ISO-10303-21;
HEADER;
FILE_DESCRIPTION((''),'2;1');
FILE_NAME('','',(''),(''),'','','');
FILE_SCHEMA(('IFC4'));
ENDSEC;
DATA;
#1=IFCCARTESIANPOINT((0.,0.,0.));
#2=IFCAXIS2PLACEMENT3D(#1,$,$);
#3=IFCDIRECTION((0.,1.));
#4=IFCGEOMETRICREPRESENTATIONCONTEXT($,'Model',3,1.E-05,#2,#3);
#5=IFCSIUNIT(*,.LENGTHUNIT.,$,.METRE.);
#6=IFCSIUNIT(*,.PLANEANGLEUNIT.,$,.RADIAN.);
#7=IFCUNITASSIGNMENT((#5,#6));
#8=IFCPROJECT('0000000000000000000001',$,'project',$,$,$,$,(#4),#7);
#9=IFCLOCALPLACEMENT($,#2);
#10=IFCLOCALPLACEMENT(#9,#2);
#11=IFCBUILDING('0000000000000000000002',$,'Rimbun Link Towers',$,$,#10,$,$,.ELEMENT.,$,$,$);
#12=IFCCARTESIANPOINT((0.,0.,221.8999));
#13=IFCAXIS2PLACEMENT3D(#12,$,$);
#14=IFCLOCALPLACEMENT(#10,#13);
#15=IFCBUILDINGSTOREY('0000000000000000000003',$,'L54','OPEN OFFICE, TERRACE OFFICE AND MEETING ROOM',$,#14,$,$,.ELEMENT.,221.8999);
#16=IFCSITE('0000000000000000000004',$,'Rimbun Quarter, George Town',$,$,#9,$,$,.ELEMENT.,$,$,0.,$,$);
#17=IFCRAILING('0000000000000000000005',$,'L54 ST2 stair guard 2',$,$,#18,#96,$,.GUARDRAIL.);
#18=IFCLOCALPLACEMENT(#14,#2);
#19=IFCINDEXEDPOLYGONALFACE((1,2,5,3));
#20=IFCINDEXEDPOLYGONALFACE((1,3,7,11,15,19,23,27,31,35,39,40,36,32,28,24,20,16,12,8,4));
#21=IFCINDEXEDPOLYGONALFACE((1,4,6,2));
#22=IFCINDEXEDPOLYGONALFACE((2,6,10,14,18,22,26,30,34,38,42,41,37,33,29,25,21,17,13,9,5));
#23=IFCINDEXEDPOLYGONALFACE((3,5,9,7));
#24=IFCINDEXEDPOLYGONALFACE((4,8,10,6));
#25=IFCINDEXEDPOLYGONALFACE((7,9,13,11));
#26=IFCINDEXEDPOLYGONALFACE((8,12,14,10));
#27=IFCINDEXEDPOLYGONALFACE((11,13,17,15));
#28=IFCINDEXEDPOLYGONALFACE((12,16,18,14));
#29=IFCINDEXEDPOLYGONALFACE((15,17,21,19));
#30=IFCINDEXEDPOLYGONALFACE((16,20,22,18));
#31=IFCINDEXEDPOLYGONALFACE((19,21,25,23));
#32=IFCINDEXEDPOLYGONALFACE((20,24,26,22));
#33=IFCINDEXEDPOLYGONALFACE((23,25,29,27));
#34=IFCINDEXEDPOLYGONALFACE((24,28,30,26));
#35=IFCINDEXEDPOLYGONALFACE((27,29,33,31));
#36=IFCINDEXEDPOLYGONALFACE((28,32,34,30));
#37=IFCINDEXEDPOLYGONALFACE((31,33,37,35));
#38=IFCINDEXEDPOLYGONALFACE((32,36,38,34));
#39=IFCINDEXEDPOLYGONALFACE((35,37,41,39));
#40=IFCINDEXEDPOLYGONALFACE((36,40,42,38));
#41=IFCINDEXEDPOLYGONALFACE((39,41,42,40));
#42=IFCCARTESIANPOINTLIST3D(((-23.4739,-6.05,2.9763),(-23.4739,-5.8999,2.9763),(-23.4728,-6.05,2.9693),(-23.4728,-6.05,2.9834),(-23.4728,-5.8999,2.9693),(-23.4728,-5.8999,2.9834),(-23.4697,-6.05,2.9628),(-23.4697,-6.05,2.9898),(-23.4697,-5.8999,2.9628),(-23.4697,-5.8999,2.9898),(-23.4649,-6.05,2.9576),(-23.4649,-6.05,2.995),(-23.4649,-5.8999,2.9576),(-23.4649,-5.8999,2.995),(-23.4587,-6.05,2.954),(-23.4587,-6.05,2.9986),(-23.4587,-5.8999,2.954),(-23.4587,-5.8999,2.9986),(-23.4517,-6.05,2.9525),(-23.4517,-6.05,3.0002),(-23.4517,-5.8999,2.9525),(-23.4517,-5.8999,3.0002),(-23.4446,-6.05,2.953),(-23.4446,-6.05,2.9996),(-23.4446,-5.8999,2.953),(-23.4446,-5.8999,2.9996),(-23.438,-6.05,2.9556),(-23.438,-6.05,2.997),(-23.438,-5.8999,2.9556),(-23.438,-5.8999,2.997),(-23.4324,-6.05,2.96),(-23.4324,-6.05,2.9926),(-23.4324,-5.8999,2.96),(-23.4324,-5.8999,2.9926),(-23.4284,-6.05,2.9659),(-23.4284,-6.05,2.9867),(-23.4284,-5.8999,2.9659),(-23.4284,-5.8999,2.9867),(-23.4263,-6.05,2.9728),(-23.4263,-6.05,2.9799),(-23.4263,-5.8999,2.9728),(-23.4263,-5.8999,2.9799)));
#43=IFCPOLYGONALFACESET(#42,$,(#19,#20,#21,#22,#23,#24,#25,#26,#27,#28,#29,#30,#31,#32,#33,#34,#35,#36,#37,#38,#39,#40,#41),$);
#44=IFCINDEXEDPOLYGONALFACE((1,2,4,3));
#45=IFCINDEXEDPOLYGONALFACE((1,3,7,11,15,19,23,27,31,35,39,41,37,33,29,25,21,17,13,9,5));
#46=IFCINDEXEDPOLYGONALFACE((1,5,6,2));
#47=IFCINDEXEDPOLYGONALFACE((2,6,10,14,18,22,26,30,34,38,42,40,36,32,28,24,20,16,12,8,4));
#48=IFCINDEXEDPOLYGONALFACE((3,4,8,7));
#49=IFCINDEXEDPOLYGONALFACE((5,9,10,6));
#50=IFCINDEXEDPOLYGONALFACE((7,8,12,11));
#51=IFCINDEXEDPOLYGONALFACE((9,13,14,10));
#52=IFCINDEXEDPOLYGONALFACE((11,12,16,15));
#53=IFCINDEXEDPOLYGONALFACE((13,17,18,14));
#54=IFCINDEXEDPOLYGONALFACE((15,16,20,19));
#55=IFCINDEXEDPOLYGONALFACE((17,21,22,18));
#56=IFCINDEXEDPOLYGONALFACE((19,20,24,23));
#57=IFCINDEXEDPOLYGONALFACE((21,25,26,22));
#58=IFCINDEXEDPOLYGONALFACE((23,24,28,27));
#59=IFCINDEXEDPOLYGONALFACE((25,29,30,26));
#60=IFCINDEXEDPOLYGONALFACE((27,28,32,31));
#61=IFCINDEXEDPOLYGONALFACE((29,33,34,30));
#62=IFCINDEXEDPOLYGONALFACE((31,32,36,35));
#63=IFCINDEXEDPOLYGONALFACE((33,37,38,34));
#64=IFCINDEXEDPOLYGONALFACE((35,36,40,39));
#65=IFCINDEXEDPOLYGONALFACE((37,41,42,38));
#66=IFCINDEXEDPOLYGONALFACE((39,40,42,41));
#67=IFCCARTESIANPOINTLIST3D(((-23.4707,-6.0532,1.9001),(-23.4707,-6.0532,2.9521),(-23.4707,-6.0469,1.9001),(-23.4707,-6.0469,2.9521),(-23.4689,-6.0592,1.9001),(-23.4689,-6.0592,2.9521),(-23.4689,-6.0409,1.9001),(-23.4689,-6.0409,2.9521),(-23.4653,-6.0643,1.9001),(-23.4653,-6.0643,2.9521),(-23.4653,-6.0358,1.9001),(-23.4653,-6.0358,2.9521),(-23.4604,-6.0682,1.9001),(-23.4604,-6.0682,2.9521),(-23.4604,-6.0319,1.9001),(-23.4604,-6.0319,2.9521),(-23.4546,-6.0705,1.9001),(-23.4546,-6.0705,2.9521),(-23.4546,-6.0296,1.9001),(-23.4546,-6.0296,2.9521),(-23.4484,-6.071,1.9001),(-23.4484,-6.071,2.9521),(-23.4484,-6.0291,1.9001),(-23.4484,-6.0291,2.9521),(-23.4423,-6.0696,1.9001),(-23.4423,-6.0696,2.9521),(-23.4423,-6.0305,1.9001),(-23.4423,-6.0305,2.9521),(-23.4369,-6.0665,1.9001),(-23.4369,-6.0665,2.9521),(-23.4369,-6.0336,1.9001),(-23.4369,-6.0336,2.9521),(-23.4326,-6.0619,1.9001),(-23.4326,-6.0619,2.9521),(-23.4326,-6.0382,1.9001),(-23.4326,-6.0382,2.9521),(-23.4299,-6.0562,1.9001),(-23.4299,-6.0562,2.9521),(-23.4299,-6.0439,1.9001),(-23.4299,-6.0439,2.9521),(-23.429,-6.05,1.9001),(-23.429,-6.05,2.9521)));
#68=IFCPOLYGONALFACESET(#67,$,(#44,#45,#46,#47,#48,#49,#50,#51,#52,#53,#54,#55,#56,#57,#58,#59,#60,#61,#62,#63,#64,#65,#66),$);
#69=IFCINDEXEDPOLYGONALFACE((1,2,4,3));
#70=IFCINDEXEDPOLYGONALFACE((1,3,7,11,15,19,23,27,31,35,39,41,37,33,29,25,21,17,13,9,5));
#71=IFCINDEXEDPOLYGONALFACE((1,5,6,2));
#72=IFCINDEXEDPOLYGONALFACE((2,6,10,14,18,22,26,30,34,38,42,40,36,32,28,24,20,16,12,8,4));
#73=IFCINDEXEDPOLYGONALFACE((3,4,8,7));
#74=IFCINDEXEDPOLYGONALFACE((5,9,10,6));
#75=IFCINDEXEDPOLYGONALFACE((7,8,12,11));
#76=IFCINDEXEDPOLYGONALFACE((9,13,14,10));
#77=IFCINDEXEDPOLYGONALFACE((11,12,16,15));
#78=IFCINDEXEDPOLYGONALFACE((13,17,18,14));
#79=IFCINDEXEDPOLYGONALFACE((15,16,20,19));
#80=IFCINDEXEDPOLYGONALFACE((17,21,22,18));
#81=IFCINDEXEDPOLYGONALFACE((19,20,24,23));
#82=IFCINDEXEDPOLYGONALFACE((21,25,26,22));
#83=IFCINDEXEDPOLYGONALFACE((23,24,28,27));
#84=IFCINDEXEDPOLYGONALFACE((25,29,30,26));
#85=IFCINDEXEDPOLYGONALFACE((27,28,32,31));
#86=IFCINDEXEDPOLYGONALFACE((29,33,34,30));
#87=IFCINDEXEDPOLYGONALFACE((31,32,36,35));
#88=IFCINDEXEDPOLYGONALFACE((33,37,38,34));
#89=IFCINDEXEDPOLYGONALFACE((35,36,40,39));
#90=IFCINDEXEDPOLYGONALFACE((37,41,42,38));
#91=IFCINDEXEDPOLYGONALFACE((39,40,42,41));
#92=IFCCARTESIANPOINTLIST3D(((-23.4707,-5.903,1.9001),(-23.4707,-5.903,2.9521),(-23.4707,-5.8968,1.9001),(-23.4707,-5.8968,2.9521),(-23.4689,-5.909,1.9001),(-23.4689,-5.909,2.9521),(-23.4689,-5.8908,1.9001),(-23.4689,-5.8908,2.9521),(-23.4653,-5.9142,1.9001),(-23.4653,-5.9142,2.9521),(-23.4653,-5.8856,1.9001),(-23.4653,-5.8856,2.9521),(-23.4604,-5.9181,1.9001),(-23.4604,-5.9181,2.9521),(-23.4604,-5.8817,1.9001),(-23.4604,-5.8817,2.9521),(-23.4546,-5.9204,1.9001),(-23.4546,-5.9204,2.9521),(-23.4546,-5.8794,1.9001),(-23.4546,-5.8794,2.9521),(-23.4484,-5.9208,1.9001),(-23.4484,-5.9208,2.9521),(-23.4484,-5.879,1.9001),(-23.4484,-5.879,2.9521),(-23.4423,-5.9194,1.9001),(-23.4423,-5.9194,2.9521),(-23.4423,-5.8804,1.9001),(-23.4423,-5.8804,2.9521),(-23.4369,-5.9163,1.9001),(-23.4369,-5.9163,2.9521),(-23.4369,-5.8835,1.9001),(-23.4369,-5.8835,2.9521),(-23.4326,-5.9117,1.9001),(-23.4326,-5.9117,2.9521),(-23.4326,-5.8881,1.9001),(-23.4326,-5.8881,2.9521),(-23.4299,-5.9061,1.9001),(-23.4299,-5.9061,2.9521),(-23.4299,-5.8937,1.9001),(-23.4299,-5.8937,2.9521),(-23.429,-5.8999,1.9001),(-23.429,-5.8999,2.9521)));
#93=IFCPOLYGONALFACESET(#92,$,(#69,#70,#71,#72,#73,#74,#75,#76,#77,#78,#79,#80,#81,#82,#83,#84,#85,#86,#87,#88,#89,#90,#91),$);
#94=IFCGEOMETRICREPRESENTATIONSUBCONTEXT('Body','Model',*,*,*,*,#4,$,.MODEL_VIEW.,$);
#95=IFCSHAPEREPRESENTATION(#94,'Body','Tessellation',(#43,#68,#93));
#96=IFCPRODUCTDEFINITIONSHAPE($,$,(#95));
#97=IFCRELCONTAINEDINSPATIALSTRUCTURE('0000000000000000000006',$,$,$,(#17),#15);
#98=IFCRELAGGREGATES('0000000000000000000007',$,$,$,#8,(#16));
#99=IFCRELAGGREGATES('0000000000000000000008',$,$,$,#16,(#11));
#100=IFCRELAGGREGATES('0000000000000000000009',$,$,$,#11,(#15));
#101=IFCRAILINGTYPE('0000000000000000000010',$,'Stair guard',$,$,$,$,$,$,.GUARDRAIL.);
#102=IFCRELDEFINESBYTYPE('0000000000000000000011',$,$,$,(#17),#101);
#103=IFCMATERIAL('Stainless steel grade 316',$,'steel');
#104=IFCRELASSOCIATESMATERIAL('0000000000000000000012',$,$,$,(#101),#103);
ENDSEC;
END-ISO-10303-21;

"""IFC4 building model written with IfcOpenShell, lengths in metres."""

from ifc_helpers import new_model, si_unit, direction, frame, origin, origin_2d, place, context, subcontext, project, spatial, circle, extrude, material, type_object, element, save


model = new_model("IFC4")

# Units and contexts
model_context = context("Model", 3, precision=1e-05, world=origin(), true_north=direction((0.0, 1.0)))
body_context = subcontext(model_context, "Body", "Model", "MODEL_VIEW")
ifc_project = project(units=[si_unit("LENGTHUNIT", "METRE"), si_unit("PLANEANGLEUNIT", "RADIAN")], contexts=[model_context])

# Site, building, storey
site_placement = place(None, origin())
site = spatial("IfcSite", under=ifc_project, at=site_placement, Name="Rimbun Quarter, George Town", CompositionType="ELEMENT", RefElevation=0.0)
building_placement = place(site_placement, origin())
building = spatial("IfcBuilding", under=site, at=building_placement, Name="Rimbun Link Towers", CompositionType="ELEMENT")
storey_placement = place(building_placement, frame((0.0, 0.0, 221.8999)))
storey = spatial("IfcBuildingStorey", under=building, at=storey_placement, Name="L54", Description="OPEN OFFICE, TERRACE OFFICE AND MEETING ROOM", CompositionType="ELEMENT", Elevation=221.8999)

# Railing
ifc_material_1 = material(Name="Stainless steel grade 316", Category="steel")
railing_type_1 = type_object("IfcRailingType", Name="Stair guard", PredefinedType="GUARDRAIL", material=ifc_material_1)
railing_1_placement = place(storey_placement, frame((-23.45, -6.05, 1.9001)))
element("IfcRailing", 1, at=railing_1_placement, inside=storey, type_object=railing_type_1, Name="L54 ST2 stair guard 2", PredefinedType="GUARDRAIL", context=body_context, shape_type="SweptSolid", body=[
    extrude(circle(Radius=0.0239, at=origin_2d()), frame((0.0, 0.0, 1.0762), z_axis=(0.0, 1.0, 0.0), x_axis=(-1.0, 0.0, 0.0)), (0.0, 0.0, 1.0), 0.1501),
    extrude(circle(Radius=0.021, at=origin_2d()), origin(), (0.0, 0.0, 1.0), 1.052),
    extrude(circle(Radius=0.021, at=origin_2d()), frame((0.0, 0.1501, 0.0)), (0.0, 0.0, 1.0), 1.052),
])

save(model, "model.ifc")
